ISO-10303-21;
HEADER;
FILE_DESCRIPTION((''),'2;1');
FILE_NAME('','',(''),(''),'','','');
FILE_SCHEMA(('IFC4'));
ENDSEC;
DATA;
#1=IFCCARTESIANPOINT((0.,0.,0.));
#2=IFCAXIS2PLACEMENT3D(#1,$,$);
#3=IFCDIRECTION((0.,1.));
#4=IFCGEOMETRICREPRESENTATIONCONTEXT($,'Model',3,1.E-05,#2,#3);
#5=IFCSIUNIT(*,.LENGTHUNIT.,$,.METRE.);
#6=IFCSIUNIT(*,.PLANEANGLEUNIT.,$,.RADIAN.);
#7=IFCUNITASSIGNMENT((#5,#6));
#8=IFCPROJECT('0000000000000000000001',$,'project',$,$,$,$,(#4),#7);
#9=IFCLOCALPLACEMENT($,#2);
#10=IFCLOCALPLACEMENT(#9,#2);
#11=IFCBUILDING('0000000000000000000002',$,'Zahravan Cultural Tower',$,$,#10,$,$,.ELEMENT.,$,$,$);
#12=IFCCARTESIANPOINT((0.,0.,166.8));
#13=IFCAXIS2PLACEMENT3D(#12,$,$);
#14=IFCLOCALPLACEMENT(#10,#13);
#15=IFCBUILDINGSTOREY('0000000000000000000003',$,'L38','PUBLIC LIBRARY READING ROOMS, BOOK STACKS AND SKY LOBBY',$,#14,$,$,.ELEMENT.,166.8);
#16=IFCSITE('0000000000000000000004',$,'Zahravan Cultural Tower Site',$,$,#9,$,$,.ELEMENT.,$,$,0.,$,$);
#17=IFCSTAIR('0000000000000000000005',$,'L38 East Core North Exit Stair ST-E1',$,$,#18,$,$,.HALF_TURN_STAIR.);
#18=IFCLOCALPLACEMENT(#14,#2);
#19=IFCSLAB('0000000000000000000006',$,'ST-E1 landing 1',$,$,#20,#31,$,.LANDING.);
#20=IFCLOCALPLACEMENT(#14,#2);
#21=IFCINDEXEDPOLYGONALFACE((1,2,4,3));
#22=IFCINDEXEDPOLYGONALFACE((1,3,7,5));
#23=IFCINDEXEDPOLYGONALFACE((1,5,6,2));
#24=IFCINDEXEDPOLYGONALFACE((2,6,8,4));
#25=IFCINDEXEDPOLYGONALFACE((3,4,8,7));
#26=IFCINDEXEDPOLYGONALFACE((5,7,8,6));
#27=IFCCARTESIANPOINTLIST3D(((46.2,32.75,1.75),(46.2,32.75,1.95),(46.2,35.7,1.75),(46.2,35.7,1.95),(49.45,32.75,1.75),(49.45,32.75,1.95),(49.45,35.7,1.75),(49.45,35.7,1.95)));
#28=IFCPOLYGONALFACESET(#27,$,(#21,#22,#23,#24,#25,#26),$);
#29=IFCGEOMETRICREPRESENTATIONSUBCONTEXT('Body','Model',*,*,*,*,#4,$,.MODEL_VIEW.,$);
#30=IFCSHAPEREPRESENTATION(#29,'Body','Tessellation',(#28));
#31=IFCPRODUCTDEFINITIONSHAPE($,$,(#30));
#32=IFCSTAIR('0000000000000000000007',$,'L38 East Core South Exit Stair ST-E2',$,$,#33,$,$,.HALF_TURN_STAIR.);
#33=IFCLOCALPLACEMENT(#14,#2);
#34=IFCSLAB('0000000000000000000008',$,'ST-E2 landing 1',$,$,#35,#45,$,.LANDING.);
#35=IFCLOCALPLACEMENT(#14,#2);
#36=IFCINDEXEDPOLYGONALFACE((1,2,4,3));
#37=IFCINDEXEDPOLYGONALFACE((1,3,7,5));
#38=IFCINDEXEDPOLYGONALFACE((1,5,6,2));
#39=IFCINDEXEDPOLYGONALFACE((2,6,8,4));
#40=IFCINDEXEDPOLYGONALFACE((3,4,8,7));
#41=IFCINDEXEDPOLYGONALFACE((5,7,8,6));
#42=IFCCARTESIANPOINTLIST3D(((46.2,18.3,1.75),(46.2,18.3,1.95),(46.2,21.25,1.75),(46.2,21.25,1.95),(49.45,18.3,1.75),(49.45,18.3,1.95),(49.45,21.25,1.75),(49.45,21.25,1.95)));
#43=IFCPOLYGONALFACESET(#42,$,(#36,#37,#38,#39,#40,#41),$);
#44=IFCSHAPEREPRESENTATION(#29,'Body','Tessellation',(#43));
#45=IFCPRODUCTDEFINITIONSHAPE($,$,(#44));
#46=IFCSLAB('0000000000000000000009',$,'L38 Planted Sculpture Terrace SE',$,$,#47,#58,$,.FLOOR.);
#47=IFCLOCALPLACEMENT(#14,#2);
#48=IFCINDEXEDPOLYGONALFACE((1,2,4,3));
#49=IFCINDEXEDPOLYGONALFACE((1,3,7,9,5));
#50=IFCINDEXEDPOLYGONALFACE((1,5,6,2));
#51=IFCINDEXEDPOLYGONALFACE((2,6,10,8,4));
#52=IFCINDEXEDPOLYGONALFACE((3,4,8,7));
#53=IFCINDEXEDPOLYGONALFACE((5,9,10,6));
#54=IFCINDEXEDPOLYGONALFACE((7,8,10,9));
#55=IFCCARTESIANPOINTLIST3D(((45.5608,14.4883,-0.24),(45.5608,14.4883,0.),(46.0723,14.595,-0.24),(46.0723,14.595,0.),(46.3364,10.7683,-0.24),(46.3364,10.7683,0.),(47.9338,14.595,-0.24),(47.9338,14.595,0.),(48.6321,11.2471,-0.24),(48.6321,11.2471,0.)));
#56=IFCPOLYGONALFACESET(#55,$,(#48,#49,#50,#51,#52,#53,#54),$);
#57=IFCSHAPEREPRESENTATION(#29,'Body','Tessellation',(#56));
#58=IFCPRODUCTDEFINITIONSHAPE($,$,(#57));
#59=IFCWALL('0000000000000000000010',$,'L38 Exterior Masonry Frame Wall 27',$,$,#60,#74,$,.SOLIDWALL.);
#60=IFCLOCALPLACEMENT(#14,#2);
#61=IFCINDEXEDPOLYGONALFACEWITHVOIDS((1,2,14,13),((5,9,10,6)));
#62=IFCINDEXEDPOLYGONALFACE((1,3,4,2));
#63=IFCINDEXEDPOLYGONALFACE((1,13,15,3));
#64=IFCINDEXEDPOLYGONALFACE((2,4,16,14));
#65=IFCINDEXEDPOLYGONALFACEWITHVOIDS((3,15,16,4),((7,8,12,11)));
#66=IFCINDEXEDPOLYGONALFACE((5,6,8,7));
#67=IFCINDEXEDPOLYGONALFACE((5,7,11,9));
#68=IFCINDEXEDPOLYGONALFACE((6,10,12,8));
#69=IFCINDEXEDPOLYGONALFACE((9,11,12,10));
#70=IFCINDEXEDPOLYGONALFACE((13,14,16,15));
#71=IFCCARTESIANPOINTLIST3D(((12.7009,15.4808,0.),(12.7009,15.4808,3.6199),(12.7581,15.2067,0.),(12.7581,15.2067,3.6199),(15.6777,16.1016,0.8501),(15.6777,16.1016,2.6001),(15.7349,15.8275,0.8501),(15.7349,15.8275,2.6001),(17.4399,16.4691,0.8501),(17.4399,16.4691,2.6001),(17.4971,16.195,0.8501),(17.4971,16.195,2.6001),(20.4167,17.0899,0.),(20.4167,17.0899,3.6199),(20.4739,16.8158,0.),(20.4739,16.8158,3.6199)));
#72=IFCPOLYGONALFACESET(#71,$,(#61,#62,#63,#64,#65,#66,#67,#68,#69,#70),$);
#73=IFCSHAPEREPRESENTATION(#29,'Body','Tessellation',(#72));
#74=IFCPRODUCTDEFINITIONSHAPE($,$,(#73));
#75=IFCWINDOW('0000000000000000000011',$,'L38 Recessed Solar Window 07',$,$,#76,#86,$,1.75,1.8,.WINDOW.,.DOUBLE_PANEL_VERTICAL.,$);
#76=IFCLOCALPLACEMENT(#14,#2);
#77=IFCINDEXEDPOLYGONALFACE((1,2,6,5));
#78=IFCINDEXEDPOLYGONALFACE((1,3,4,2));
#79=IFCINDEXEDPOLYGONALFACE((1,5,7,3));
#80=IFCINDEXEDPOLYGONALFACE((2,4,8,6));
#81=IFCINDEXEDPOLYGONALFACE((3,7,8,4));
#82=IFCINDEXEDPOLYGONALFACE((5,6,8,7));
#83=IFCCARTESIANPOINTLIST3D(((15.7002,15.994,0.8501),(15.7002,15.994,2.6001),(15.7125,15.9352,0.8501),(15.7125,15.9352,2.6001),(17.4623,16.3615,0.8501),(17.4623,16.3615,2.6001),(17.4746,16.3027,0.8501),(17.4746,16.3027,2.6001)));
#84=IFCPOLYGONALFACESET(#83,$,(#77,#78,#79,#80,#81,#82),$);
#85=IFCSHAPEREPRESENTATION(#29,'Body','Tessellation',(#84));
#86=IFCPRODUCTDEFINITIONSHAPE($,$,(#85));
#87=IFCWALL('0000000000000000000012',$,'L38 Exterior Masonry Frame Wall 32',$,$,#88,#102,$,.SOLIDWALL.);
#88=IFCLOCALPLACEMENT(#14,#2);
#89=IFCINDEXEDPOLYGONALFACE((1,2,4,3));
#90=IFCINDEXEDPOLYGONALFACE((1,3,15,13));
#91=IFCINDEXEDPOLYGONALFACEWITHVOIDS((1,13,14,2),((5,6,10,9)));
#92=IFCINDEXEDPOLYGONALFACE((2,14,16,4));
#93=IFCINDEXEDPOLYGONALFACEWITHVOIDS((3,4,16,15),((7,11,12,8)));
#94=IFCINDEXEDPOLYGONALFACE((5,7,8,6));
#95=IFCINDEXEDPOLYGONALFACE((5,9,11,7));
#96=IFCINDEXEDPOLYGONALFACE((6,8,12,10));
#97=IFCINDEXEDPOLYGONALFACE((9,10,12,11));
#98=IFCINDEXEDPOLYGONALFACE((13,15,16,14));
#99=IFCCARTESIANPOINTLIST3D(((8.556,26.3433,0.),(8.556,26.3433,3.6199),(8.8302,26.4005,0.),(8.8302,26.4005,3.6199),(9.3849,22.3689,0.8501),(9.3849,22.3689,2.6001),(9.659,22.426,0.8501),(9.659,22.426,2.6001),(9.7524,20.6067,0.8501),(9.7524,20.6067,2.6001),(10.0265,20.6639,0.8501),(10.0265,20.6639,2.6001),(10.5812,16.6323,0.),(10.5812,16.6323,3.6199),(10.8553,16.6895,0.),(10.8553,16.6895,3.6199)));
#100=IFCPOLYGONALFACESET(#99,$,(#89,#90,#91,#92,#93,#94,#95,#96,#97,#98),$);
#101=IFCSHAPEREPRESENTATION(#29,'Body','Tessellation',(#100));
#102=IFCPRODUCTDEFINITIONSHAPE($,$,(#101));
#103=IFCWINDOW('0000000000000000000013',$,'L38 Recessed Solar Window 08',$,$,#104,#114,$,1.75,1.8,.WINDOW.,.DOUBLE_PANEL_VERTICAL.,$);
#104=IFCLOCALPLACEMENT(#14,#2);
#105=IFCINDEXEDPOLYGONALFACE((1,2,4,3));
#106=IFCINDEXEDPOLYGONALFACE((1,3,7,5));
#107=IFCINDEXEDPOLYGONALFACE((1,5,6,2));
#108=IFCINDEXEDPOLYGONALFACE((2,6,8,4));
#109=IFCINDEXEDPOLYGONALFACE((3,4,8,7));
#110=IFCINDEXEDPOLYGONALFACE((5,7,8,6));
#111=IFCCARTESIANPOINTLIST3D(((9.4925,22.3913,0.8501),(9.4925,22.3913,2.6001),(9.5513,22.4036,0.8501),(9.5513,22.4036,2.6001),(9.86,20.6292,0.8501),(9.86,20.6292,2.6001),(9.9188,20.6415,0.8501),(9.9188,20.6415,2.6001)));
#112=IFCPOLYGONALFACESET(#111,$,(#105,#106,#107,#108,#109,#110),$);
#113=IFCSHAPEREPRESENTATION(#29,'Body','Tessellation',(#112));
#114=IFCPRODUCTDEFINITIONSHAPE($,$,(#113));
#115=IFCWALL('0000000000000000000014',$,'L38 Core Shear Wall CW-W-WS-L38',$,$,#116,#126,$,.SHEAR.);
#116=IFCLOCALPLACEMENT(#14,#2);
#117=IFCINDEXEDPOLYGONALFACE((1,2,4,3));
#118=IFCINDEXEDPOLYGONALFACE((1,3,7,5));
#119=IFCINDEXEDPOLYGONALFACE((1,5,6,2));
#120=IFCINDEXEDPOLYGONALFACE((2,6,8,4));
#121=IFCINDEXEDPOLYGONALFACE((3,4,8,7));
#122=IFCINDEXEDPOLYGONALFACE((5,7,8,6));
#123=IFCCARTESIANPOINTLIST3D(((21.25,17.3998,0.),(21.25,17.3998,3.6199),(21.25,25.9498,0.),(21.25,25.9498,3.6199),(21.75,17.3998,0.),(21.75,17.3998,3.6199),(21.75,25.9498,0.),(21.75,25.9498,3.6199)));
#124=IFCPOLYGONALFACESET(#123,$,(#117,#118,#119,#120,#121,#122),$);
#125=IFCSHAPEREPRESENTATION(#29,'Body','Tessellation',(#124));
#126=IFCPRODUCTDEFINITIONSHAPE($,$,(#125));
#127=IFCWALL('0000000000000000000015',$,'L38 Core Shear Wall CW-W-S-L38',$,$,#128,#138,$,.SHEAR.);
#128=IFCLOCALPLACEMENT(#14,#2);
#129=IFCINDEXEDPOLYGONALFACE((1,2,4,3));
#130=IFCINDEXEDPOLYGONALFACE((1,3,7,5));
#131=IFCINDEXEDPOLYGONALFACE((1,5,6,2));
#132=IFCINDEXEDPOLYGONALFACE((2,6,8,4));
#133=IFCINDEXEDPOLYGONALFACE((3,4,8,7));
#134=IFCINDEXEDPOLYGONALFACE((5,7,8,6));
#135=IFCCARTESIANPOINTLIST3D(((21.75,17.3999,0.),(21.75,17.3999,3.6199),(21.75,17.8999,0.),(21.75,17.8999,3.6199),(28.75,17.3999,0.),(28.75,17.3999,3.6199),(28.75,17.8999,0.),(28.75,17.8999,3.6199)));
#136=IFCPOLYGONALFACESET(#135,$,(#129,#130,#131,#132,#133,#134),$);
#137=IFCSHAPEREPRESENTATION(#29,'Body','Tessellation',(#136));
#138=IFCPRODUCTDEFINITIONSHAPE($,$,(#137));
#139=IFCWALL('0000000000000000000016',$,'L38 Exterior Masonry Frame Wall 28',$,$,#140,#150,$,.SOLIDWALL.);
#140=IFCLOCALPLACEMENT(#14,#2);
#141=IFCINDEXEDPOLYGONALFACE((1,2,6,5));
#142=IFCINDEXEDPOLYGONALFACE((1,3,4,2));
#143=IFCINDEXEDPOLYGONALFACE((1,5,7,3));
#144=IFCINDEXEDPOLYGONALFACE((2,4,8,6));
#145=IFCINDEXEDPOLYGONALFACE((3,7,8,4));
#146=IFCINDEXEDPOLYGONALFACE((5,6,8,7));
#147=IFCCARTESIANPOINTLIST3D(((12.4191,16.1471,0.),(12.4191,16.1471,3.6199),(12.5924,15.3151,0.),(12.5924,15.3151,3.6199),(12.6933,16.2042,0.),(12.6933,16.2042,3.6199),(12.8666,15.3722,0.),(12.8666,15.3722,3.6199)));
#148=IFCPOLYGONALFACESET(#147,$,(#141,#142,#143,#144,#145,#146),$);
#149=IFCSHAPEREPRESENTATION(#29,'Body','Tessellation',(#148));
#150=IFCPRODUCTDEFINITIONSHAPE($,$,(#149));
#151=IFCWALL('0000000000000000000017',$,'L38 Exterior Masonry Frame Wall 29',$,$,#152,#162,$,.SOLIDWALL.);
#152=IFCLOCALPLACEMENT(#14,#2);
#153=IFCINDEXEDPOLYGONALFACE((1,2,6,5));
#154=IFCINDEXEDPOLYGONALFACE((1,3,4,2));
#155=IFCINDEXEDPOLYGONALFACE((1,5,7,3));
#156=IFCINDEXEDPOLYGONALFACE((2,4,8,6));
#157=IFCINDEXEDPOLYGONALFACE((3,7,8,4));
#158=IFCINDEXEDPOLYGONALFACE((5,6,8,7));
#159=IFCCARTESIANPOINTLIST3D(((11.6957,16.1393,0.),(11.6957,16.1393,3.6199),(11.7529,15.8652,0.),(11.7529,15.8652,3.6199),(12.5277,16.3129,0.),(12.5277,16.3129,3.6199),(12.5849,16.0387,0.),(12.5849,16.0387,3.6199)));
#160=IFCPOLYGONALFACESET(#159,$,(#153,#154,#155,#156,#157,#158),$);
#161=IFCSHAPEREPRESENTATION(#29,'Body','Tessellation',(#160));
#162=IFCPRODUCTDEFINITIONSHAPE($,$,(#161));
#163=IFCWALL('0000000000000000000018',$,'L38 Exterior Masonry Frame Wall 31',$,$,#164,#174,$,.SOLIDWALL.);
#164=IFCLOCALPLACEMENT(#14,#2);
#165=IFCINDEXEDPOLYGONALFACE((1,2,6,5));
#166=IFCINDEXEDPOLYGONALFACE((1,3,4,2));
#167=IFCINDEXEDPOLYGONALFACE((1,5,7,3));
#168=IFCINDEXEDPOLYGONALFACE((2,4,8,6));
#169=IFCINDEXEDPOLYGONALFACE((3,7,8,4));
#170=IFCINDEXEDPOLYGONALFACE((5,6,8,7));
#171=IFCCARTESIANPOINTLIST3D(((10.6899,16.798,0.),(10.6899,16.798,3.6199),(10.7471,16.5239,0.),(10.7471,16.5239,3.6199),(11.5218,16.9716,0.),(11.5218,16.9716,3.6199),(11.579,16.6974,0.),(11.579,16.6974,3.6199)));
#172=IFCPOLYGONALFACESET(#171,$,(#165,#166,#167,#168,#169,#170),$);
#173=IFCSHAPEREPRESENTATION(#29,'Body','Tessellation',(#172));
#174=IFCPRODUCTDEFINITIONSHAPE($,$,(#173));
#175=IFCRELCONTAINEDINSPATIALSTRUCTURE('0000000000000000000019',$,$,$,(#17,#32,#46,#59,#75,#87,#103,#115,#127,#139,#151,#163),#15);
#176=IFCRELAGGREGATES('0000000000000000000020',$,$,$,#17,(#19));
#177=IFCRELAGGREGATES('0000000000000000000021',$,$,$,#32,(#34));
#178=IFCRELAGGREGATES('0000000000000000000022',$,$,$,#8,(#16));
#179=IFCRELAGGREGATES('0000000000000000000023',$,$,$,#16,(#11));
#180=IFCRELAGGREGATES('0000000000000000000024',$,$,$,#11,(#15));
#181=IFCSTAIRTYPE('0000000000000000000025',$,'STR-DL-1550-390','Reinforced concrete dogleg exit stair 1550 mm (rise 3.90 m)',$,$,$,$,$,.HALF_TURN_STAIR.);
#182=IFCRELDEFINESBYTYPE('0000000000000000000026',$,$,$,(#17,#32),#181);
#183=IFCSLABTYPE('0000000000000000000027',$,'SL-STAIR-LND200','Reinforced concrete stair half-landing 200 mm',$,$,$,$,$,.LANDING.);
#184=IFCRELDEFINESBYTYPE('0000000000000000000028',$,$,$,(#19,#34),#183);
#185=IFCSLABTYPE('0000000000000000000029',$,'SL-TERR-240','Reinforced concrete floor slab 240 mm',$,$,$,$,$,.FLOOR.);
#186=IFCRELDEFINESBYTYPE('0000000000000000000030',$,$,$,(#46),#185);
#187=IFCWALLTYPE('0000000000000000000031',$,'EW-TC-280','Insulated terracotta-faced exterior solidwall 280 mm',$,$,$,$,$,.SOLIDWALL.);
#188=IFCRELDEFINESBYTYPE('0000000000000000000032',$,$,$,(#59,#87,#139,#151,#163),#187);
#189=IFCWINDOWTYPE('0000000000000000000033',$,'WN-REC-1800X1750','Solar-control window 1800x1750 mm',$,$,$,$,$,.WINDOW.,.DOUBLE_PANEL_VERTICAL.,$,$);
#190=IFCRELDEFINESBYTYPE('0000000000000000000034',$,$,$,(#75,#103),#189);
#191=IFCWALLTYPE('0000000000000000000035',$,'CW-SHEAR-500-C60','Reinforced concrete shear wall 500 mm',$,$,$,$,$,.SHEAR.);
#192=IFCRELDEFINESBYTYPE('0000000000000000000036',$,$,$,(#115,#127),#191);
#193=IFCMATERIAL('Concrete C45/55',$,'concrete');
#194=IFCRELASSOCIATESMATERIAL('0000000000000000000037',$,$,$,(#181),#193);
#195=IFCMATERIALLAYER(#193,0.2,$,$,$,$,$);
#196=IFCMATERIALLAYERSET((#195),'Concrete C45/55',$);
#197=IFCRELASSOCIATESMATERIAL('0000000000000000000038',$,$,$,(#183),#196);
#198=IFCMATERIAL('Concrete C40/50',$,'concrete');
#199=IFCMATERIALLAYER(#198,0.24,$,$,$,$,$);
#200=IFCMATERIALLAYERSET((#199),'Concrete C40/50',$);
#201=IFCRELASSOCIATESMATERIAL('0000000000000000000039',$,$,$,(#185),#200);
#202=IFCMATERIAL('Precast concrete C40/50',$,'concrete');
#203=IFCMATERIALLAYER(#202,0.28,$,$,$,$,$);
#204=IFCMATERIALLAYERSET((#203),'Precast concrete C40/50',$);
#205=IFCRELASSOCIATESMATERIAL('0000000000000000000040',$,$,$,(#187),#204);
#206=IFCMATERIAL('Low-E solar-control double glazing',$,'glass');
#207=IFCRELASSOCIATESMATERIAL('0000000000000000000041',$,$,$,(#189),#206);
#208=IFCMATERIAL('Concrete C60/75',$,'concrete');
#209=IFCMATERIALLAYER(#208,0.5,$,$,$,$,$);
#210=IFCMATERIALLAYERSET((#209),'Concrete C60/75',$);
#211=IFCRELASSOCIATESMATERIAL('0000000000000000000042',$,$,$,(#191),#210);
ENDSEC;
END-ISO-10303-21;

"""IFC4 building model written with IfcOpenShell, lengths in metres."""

from ifc_helpers import new_model, si_unit, direction, frame, frame_2d, origin, place, context, subcontext, project, spatial, polyline, rectangle, outline, extrude, source, transform, mapped, material, layer, layer_set, type_object, element, fill, aggregate, save


model = new_model("IFC4")

# Units and contexts
model_context = context("Model", 3, precision=1e-05, world=origin(), true_north=direction((0.0, 1.0)))
body_context = subcontext(model_context, "Body", "Model", "MODEL_VIEW")
ifc_project = project(units=[si_unit("LENGTHUNIT", "METRE"), si_unit("PLANEANGLEUNIT", "RADIAN")], contexts=[model_context])

# Site, building, storey
site_placement = place(None, origin())
site = spatial("IfcSite", under=ifc_project, at=site_placement, Name="Zahravan Cultural Tower Site", CompositionType="ELEMENT", RefElevation=0.0)
building_placement = place(site_placement, origin())
building = spatial("IfcBuilding", under=site, at=building_placement, Name="Zahravan Cultural Tower", CompositionType="ELEMENT")
storey_placement = place(building_placement, frame((0.0, 0.0, 166.8)))
storey = spatial("IfcBuildingStorey", under=building, at=storey_placement, Name="L38", Description="PUBLIC LIBRARY READING ROOMS, BOOK STACKS AND SKY LOBBY", CompositionType="ELEMENT", Elevation=166.8)

# Shared definitions
ifc_material_1 = material(Name="Concrete C45/55", Category="concrete")

# Stairs, slabs
stair_type = type_object("IfcStairType", Name="STR-DL-1550-390", Description="Reinforced concrete dogleg exit stair 1550 mm (rise 3.90 m)", PredefinedType="HALF_TURN_STAIR", material=ifc_material_1)
ifc_layer_1 = layer(ifc_material_1, 0.2)
ifc_layer_set_1 = layer_set([ifc_layer_1], Name="Concrete C45/55")
slab_type_1 = type_object("IfcSlabType", Name="SL-STAIR-LND200", Description="Reinforced concrete stair half-landing 200 mm", PredefinedType="LANDING", material=ifc_layer_set_1)
stair_1_placement = place(storey_placement, origin())
stair_1 = element("IfcStair", 1, at=stair_1_placement, inside=storey, type_object=stair_type, Name="L38 East Core North Exit Stair ST-E1", PredefinedType="HALF_TURN_STAIR")
slab_1_placement = place(storey_placement, frame((0.0, 0.0, 1.75)))
slab_1 = element("IfcSlab", 2, at=slab_1_placement, type_object=slab_type_1, Name="ST-E1 landing 1", PredefinedType="LANDING", context=body_context, shape_type="SweptSolid", body=[
    extrude(outline(polyline([(49.45, 32.75), (49.45, 35.7), (46.2, 35.7), (46.2, 32.75), (49.45, 32.75)])), origin(), (0.0, 0.0, 1.0), 0.2),
])
aggregate(stair_1, [slab_1])
stair_2_placement = place(storey_placement, origin())
stair_2 = element("IfcStair", 3, at=stair_2_placement, inside=storey, type_object=stair_type, Name="L38 East Core South Exit Stair ST-E2", PredefinedType="HALF_TURN_STAIR")
slab_2_placement = place(storey_placement, frame((0.0, 0.0, 1.75)))
slab_2 = element("IfcSlab", 4, at=slab_2_placement, type_object=slab_type_1, Name="ST-E2 landing 1", PredefinedType="LANDING", context=body_context, shape_type="SweptSolid", body=[
    extrude(outline(polyline([(46.2, 21.25), (46.2, 18.3), (49.45, 18.3), (49.45, 21.25), (46.2, 21.25)])), origin(), (0.0, 0.0, 1.0), 0.2),
])
aggregate(stair_2, [slab_2])

# Slab
ifc_material_2 = material(Name="Concrete C40/50", Category="concrete")
ifc_layer_2 = layer(ifc_material_2, 0.24)
ifc_layer_set_2 = layer_set([ifc_layer_2], Name="Concrete C40/50")
slab_type_2 = type_object("IfcSlabType", Name="SL-TERR-240", Description="Reinforced concrete floor slab 240 mm", PredefinedType="FLOOR", material=ifc_layer_set_2)
slab_3_placement = place(storey_placement, frame((0.0, 0.0, -0.24)))
element("IfcSlab", 5, at=slab_3_placement, inside=storey, type_object=slab_type_2, Name="L38 Planted Sculpture Terrace SE", PredefinedType="FLOOR", context=body_context, shape_type="SweptSolid", body=[
    extrude(outline(polyline([(48.6321, 11.2471), (47.9338, 14.595), (46.0723, 14.595), (45.5608, 14.4883), (46.3364, 10.7683), (48.6321, 11.2471)])), origin(), (0.0, 0.0, 1.0), 0.24),
])

# Walls, openings, windows
ifc_material_3 = material(Name="Precast concrete C40/50", Category="concrete")
ifc_layer_3 = layer(ifc_material_3, 0.28)
ifc_layer_set_3 = layer_set([ifc_layer_3], Name="Precast concrete C40/50")
wall_type_1 = type_object("IfcWallType", Name="EW-TC-280", Description="Insulated terracotta-faced exterior solidwall 280 mm", PredefinedType="SOLIDWALL", material=ifc_layer_set_3)
wall_1_placement = place(storey_placement, frame((20.4453, 16.9529, 0.0), z_axis=(0.0, 0.0, 1.0), x_axis=(-0.978938, -0.204157, 0.0)))
wall_1 = element("IfcWall", 6, at=wall_1_placement, inside=storey, type_object=wall_type_1, Name="L38 Exterior Masonry Frame Wall 27", PredefinedType="SOLIDWALL", context=body_context, shape_type="SweptSolid", body=[
    extrude(rectangle(XDim=7.8818, YDim=0.28, at=frame_2d((3.9409, 0.0))), origin(), (0.0, 0.0, 1.0), 3.6199),
])
opening_1_placement = place(wall_1_placement, frame((3.041, 0.0, 0.8501)))
opening_1 = element("IfcOpeningElement", 7, at=opening_1_placement, cuts=wall_1, PredefinedType="OPENING", context=body_context, shape_type="SweptSolid", body=[
    extrude(rectangle(XDim=1.8, YDim=1.75, at=frame_2d((0.8999, 0.875))), frame((0.0, 0.1499, 0.0), z_axis=(0.0, -1.0, 0.0), x_axis=(1.0, 0.0, 0.0)), (0.0, 0.0, 1.0), 0.3),
])
ifc_material_4 = material(Name="Low-E solar-control double glazing", Category="glass")
window_type = type_object("IfcWindowType", Name="WN-REC-1800X1750", Description="Solar-control window 1800x1750 mm", PartitioningType="DOUBLE_PANEL_VERTICAL", PredefinedType="WINDOW", material=ifc_material_4)
shared_shape_1 = source(origin(), body_context, "Body", "SweptSolid", [
    extrude(rectangle(XDim=1.8, YDim=1.75, at=frame_2d((0.8999, 0.875))), frame((0.0, 0.03, 0.0), z_axis=(0.0, -1.0, 0.0), x_axis=(1.0, 0.0, 0.0)), (0.0, 0.0, 1.0), 0.0601),
])
window_1_placement = place(opening_1_placement, origin())
window_1 = element("IfcWindow", 8, at=window_1_placement, inside=storey, type_object=window_type, Name="L38 Recessed Solar Window 07", OverallHeight=1.75, OverallWidth=1.8, PartitioningType="DOUBLE_PANEL_VERTICAL", PredefinedType="WINDOW", context=body_context, shape_type="MappedRepresentation", body=[
    mapped(shared_shape_1, transform((0.0, 0.0, 0.0), x_axis=(1.0, 0.0, 0.0), y_axis=(0.0, 1.0, 0.0), z_axis=(0.0, 0.0, 1.0), scale=1.0)),
])
fill(opening_1, window_1)
wall_2_placement = place(storey_placement, frame((10.7183, 16.6609, 0.0), z_axis=(0.0, 0.0, 1.0), x_axis=(-0.204151, 0.978939, 0.0)))
wall_2 = element("IfcWall", 9, at=wall_2_placement, inside=storey, type_object=wall_type_1, Name="L38 Exterior Masonry Frame Wall 32", PredefinedType="SOLIDWALL", context=body_context, shape_type="SweptSolid", body=[
    extrude(rectangle(XDim=9.9199, YDim=0.28, at=frame_2d((4.96, 0.0))), origin(), (0.0, 0.0, 1.0), 3.6199),
])
opening_2_placement = place(wall_2_placement, frame((4.0601, 0.0, 0.8501)))
opening_2 = element("IfcOpeningElement", 10, at=opening_2_placement, cuts=wall_2, PredefinedType="OPENING", context=body_context, shape_type="SweptSolid", body=[
    extrude(rectangle(XDim=1.8, YDim=1.75, at=frame_2d((0.8999, 0.875))), frame((0.0, 0.1499, 0.0), z_axis=(0.0, -1.0, 0.0), x_axis=(1.0, 0.0, 0.0)), (0.0, 0.0, 1.0), 0.3),
])
window_2_placement = place(opening_2_placement, origin())
window_2 = element("IfcWindow", 11, at=window_2_placement, inside=storey, type_object=window_type, Name="L38 Recessed Solar Window 08", OverallHeight=1.75, OverallWidth=1.8, PartitioningType="DOUBLE_PANEL_VERTICAL", PredefinedType="WINDOW", context=body_context, shape_type="MappedRepresentation", body=[
    mapped(shared_shape_1, transform((0.0, 0.0, 0.0), x_axis=(1.0, 0.0, 0.0), y_axis=(0.0, 1.0, 0.0), z_axis=(0.0, 0.0, 1.0), scale=1.0)),
])
fill(opening_2, window_2)

# Walls
ifc_material_5 = material(Name="Concrete C60/75", Category="concrete")
ifc_layer_4 = layer(ifc_material_5, 0.5)
ifc_layer_set_4 = layer_set([ifc_layer_4], Name="Concrete C60/75")
wall_type_2 = type_object("IfcWallType", Name="CW-SHEAR-500-C60", Description="Reinforced concrete shear wall 500 mm", PredefinedType="SHEAR", material=ifc_layer_set_4)
shared_shape_2 = source(origin(), body_context, "Body", "SweptSolid", [
    extrude(rectangle(XDim=8.55, YDim=0.5, at=frame_2d((4.2749, 0.0))), origin(), (0.0, 0.0, 1.0), 3.6199),
])
wall_3_placement = place(storey_placement, frame((21.5, 17.3999, 0.0), z_axis=(0.0, 0.0, 1.0), x_axis=(0.0, 1.0, 0.0)))
element("IfcWall", 12, at=wall_3_placement, inside=storey, type_object=wall_type_2, Name="L38 Core Shear Wall CW-W-WS-L38", PredefinedType="SHEAR", context=body_context, shape_type="MappedRepresentation", body=[
    mapped(shared_shape_2, transform((0.0, 0.0, 0.0), x_axis=(1.0, 0.0, 0.0), y_axis=(0.0, 1.0, 0.0), z_axis=(0.0, 0.0, 1.0), scale=1.0)),
])
shared_shape_3 = source(origin(), body_context, "Body", "SweptSolid", [
    extrude(rectangle(XDim=7.0, YDim=0.5, at=frame_2d((3.5, 0.0))), origin(), (0.0, 0.0, 1.0), 3.6199),
])
wall_4_placement = place(storey_placement, frame((21.75, 17.6499, 0.0), z_axis=(0.0, 0.0, 1.0), x_axis=(1.0, 0.0, 0.0)))
element("IfcWall", 13, at=wall_4_placement, inside=storey, type_object=wall_type_2, Name="L38 Core Shear Wall CW-W-S-L38", PredefinedType="SHEAR", context=body_context, shape_type="MappedRepresentation", body=[
    mapped(shared_shape_3, transform((0.0, 0.0, 0.0), x_axis=(1.0, 0.0, 0.0), y_axis=(0.0, 1.0, 0.0), z_axis=(0.0, 0.0, 1.0), scale=1.0)),
])
shared_shape_4 = source(origin(), body_context, "Body", "SweptSolid", [
    extrude(rectangle(XDim=0.8499, YDim=0.28, at=frame_2d((0.4248, 0.0))), origin(), (0.0, 0.0, 1.0), 3.6199),
])
for number, where, z_axis, x_axis, name in (
    (14, (12.7295, 15.3438, 0.0), (0.0, 0.0, 1.0), (-0.203954, 0.97898, 0.0), "L38 Exterior Masonry Frame Wall 28"),
    (15, (12.5562, 16.1758, 0.0), (0.0, 0.0, 1.0), (-0.978923, -0.20423, 0.0), "L38 Exterior Masonry Frame Wall 29"),
    (16, (11.5503, 16.8345, 0.0), (0.0, 0.0, 1.0), (-0.978923, -0.20423, 0.0), "L38 Exterior Masonry Frame Wall 31"),
):
    element("IfcWall", number, at=place(storey_placement, frame(where, z_axis=z_axis, x_axis=x_axis)), inside=storey, type_object=wall_type_1, Name=name, PredefinedType="SOLIDWALL", context=body_context, shape_type="MappedRepresentation", body=[
        mapped(shared_shape_4, transform((0.0, 0.0, 0.0), x_axis=(1.0, 0.0, 0.0), y_axis=(0.0, 1.0, 0.0), z_axis=(0.0, 0.0, 1.0), scale=1.0)),
    ])

save(model, "model.ifc")
